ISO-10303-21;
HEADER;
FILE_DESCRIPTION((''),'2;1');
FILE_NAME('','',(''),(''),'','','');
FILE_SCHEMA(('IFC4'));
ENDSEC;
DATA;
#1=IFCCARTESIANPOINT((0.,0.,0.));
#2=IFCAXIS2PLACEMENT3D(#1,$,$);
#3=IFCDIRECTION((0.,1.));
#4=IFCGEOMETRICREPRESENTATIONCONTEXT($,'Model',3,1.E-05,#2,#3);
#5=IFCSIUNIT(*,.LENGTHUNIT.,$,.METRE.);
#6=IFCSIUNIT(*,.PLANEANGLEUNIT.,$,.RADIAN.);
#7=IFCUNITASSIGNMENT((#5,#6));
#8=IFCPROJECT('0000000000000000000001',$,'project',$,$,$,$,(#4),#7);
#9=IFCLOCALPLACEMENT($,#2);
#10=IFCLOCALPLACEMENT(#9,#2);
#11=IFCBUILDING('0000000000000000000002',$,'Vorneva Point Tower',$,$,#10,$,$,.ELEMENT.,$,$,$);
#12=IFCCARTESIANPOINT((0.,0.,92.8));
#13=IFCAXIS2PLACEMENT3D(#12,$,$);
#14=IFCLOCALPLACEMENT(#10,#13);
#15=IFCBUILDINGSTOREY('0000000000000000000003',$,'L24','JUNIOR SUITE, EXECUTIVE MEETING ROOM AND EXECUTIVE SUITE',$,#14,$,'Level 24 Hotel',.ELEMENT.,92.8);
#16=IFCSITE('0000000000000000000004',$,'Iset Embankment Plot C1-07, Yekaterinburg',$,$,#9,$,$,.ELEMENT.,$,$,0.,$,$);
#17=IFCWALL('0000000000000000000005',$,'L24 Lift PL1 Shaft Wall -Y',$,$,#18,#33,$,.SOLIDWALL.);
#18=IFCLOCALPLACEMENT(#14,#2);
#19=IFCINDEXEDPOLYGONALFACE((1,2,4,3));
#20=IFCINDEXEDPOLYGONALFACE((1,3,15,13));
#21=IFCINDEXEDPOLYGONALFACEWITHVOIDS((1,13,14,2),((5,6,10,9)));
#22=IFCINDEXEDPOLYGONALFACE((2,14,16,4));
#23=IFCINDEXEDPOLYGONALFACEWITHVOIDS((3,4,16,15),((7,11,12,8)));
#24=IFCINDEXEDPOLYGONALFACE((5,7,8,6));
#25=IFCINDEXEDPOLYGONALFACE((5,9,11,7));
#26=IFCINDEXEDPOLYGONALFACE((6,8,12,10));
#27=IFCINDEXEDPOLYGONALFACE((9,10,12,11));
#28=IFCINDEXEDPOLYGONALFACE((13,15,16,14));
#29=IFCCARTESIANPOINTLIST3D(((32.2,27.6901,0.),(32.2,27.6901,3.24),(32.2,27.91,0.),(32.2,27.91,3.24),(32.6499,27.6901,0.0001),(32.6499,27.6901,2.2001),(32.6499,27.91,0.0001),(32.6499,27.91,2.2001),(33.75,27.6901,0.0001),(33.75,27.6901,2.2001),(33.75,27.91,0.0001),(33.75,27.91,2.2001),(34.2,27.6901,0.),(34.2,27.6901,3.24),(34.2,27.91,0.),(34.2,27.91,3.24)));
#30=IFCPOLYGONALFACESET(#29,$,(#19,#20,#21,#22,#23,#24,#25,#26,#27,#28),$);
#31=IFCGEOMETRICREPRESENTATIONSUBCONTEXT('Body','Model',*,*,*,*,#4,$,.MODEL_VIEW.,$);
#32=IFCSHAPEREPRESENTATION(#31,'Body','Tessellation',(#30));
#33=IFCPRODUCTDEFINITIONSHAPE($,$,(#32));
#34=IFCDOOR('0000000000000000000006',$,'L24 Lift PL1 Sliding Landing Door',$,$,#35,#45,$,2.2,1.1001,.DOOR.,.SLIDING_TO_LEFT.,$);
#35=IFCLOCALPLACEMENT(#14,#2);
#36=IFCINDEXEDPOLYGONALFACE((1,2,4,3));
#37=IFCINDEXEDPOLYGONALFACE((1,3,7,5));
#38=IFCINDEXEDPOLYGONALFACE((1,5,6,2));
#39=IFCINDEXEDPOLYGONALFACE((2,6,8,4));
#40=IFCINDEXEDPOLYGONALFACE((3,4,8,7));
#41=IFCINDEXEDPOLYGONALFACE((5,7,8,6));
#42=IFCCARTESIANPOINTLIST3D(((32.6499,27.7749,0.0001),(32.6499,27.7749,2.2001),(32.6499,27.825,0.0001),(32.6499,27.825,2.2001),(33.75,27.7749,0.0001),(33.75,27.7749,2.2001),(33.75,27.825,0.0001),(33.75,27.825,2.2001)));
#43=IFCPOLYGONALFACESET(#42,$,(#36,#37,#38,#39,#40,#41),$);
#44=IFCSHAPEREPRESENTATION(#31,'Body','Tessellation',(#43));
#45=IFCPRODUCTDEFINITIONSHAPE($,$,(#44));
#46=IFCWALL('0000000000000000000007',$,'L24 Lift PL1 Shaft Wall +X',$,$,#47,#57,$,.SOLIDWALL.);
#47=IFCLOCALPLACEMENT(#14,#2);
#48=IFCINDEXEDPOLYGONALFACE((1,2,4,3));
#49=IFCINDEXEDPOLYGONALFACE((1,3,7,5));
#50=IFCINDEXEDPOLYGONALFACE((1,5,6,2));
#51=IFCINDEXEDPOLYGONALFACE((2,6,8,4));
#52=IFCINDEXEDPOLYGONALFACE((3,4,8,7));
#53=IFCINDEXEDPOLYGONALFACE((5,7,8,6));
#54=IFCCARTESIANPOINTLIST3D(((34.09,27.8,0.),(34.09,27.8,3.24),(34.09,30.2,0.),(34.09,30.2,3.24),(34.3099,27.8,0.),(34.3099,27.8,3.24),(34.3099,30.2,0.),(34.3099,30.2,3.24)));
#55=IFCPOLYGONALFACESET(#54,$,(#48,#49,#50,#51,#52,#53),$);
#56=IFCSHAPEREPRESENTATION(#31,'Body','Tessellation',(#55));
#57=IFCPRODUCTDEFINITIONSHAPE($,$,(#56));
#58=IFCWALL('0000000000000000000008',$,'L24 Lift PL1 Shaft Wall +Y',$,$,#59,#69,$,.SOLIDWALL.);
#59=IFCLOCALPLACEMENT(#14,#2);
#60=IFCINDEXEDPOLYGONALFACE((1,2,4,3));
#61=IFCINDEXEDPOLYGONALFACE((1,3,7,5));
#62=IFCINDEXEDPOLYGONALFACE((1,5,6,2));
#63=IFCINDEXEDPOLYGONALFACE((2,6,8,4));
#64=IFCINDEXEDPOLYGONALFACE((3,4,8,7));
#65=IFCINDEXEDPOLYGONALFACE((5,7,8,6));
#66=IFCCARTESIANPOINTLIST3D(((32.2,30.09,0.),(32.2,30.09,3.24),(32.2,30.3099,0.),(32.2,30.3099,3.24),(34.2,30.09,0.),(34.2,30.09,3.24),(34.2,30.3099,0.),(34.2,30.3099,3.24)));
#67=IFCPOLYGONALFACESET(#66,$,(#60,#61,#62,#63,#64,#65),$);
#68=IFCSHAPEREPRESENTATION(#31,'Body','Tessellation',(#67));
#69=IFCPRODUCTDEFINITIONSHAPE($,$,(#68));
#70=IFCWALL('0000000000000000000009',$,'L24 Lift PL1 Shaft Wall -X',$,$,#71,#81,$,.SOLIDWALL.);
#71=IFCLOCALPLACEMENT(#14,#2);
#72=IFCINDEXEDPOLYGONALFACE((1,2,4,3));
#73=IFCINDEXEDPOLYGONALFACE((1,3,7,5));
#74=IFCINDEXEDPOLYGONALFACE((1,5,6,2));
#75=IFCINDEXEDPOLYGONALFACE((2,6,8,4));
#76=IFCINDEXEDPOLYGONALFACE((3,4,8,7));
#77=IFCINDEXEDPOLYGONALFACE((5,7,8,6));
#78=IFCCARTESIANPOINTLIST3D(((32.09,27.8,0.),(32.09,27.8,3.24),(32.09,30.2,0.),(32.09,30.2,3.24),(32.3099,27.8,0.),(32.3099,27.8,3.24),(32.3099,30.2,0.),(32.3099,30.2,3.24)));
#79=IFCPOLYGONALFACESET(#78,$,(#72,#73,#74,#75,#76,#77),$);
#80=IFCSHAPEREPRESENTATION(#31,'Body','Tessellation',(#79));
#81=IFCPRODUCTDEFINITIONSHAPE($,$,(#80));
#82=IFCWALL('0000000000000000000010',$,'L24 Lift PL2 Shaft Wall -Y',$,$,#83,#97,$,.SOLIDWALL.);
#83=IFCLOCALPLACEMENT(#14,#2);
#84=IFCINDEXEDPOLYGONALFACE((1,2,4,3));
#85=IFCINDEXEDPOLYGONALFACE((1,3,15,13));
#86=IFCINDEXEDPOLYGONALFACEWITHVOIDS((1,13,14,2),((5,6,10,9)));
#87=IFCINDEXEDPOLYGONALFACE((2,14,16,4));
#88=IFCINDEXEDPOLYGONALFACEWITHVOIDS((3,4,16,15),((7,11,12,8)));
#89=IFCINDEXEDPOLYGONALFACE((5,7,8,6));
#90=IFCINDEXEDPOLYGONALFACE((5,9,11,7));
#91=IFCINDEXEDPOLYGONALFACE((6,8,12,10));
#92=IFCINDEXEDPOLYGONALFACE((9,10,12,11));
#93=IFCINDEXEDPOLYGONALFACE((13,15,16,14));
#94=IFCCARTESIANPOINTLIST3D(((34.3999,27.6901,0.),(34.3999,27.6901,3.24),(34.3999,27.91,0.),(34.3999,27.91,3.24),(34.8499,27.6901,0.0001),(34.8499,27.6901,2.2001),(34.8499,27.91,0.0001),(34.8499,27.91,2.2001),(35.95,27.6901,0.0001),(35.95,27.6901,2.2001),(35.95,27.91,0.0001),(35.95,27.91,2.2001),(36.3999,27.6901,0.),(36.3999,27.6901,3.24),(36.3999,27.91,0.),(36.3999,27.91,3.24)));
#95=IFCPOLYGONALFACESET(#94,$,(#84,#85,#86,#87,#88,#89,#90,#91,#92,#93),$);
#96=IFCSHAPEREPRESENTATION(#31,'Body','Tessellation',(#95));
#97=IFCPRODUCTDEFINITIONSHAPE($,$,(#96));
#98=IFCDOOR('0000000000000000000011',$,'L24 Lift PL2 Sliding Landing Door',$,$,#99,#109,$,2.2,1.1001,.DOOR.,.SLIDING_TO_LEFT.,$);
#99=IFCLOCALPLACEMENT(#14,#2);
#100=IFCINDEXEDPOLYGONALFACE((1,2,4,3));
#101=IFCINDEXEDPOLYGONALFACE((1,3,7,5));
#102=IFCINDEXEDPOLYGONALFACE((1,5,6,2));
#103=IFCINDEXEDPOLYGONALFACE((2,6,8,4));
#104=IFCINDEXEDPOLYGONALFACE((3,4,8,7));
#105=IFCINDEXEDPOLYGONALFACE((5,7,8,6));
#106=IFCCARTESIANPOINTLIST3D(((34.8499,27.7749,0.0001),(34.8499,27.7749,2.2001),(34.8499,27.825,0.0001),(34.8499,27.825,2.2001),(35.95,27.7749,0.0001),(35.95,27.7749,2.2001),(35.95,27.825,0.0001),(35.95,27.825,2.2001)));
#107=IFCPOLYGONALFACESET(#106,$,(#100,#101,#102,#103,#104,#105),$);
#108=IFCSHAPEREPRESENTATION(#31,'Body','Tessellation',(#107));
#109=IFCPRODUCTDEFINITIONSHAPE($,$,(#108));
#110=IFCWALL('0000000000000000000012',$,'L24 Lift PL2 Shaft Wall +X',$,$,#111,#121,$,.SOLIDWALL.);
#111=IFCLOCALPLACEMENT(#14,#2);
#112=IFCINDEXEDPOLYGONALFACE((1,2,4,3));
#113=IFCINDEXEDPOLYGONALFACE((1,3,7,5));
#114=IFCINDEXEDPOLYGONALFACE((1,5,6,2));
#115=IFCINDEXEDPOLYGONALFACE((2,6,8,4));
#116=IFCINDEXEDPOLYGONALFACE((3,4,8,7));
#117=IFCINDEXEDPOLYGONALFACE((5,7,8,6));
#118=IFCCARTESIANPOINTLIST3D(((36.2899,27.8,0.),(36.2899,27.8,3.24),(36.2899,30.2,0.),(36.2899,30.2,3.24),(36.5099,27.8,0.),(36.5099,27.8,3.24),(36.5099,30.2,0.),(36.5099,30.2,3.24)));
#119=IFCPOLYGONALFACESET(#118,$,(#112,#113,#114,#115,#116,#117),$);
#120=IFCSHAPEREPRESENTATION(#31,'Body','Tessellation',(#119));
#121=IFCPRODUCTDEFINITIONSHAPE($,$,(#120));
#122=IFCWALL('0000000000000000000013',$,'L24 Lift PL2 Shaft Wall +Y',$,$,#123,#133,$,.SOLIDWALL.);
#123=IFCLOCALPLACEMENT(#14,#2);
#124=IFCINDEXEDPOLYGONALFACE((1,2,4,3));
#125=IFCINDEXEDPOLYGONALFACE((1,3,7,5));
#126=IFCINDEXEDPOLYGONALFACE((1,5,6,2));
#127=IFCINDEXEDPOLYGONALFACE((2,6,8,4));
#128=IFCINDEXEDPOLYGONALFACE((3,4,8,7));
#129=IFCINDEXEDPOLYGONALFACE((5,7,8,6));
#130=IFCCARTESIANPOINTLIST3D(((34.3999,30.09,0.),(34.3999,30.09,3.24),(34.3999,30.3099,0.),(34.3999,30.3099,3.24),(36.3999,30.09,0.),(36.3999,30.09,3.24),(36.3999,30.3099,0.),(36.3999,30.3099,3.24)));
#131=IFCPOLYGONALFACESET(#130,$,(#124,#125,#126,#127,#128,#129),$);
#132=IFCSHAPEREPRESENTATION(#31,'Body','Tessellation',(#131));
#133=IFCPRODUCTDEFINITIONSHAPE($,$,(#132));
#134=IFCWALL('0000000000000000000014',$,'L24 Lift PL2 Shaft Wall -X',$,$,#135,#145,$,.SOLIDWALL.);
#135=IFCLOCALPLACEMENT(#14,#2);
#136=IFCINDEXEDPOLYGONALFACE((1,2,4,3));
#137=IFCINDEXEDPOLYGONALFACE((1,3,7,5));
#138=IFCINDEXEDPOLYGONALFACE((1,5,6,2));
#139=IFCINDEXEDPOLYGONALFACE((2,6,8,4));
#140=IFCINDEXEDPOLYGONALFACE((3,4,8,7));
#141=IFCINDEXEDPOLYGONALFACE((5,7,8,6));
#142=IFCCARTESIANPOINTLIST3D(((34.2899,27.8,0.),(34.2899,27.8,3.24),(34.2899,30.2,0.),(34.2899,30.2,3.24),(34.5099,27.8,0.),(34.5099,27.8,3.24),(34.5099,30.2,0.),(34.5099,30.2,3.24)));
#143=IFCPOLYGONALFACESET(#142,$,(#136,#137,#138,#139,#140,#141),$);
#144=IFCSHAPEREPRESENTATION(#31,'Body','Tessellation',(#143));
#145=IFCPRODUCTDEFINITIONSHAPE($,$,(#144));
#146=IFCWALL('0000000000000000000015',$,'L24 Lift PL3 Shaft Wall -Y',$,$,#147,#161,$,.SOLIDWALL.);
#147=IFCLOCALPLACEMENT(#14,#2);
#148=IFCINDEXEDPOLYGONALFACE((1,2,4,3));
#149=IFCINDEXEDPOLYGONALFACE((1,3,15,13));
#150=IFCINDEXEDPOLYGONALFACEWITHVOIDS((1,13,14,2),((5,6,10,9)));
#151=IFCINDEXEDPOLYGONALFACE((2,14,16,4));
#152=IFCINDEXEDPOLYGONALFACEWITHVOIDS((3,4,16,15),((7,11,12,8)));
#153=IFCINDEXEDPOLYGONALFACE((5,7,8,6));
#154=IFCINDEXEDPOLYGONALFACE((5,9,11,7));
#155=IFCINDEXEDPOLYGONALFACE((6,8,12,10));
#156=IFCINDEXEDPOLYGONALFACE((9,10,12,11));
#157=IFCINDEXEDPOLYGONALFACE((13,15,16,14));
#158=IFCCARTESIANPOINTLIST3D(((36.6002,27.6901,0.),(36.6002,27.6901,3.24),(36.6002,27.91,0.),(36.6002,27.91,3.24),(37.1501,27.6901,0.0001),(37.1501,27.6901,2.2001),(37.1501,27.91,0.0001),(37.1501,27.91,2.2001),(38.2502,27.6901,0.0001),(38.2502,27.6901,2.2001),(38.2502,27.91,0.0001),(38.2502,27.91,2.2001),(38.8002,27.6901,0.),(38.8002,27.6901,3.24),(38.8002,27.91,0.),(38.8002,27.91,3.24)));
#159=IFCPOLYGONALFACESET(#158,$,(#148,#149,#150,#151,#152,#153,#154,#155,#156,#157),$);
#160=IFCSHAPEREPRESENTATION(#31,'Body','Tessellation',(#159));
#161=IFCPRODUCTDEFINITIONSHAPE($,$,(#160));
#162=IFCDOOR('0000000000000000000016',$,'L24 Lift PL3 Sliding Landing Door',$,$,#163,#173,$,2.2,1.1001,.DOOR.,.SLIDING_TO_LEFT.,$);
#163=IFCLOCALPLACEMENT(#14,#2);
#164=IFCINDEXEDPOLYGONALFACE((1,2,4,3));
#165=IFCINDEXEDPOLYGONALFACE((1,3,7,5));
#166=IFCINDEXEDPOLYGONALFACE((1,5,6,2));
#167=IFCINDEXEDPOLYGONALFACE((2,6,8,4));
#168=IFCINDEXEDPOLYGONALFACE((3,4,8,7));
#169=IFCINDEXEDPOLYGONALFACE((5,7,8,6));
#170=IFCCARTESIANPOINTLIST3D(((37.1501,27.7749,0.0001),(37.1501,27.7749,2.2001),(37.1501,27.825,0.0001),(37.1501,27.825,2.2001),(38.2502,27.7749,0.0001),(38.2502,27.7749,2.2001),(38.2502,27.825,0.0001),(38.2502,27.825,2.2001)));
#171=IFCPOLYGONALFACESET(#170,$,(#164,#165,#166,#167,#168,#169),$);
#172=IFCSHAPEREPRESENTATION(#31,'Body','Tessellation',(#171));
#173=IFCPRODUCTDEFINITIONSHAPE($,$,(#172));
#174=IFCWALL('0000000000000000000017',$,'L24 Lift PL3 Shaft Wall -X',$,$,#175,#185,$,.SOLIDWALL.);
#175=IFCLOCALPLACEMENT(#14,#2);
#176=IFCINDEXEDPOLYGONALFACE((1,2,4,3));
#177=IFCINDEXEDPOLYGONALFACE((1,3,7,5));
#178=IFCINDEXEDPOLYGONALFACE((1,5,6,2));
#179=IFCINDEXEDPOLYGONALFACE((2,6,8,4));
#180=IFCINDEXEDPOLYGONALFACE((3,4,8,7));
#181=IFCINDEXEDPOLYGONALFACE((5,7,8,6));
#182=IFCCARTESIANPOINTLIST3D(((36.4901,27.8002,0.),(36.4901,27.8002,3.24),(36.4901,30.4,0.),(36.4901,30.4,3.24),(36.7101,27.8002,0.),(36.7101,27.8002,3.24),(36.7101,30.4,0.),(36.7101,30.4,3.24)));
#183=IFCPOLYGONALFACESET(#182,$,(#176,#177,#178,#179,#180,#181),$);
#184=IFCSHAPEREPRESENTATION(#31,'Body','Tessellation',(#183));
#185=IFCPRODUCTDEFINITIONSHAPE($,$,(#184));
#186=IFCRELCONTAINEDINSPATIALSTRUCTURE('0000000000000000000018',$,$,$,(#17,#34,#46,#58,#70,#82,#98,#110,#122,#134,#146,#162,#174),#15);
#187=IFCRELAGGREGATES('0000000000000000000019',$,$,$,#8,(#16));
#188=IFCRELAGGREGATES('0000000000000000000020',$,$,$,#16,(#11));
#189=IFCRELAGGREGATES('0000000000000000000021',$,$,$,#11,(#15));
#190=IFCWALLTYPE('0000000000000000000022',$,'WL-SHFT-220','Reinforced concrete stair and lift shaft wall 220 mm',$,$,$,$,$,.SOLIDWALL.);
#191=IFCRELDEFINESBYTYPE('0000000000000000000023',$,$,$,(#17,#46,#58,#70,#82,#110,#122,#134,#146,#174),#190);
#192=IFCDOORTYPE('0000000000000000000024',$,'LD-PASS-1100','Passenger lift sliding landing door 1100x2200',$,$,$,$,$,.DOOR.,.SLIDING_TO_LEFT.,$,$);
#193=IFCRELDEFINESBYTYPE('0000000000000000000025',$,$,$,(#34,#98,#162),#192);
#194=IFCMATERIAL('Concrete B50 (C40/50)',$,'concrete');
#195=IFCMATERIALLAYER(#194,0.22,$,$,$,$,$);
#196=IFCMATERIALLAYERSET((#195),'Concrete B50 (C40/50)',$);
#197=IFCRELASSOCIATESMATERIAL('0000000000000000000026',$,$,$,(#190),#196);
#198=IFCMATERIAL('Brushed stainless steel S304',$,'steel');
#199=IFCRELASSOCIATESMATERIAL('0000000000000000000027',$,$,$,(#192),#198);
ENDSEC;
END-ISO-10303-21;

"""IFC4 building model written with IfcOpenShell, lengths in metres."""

from ifc_helpers import new_model, si_unit, direction, frame, frame_2d, origin, place, context, subcontext, project, spatial, rectangle, extrude, material, layer, layer_set, type_object, element, fill, save


model = new_model("IFC4")

# Units and contexts
model_context = context("Model", 3, precision=1e-05, world=origin(), true_north=direction((0.0, 1.0)))
body_context = subcontext(model_context, "Body", "Model", "MODEL_VIEW")
ifc_project = project(units=[si_unit("LENGTHUNIT", "METRE"), si_unit("PLANEANGLEUNIT", "RADIAN")], contexts=[model_context])

# Site, building, storey
site_placement = place(None, origin())
site = spatial("IfcSite", under=ifc_project, at=site_placement, Name="Iset Embankment Plot C1-07, Yekaterinburg", CompositionType="ELEMENT", RefElevation=0.0)
building_placement = place(site_placement, origin())
building = spatial("IfcBuilding", under=site, at=building_placement, Name="Vorneva Point Tower", CompositionType="ELEMENT")
storey_placement = place(building_placement, frame((0.0, 0.0, 92.8)))
storey = spatial("IfcBuildingStorey", under=building, at=storey_placement, Name="L24", Description="JUNIOR SUITE, EXECUTIVE MEETING ROOM AND EXECUTIVE SUITE", LongName="Level 24 Hotel", CompositionType="ELEMENT", Elevation=92.8)

# Shared definitions
ifc_material_1 = material(Name="Brushed stainless steel S304", Category="steel")

# Wall, opening, door
ifc_material_2 = material(Name="Concrete B50 (C40/50)", Category="concrete")
ifc_layer_1 = layer(ifc_material_2, 0.22)
ifc_layer_set_1 = layer_set([ifc_layer_1], Name="Concrete B50 (C40/50)")
wall_type_1 = type_object("IfcWallType", Name="WL-SHFT-220", Description="Reinforced concrete stair and lift shaft wall 220 mm", PredefinedType="SOLIDWALL", material=ifc_layer_set_1)
wall_1_placement = place(storey_placement, frame((32.2, 27.8, 0.0), z_axis=(0.0, 0.0, 1.0), x_axis=(1.0, 0.0, 0.0)))
wall_1 = element("IfcWall", 1, at=wall_1_placement, inside=storey, type_object=wall_type_1, Name="L24 Lift PL1 Shaft Wall -Y", PredefinedType="SOLIDWALL", context=body_context, shape_type="SweptSolid", body=[
    extrude(rectangle(XDim=2.0, YDim=0.22, at=frame_2d((1.0, 0.0))), origin(), (0.0, 0.0, 1.0), 3.24),
])
opening_1_placement = place(wall_1_placement, frame((0.45, 0.0, 0.0)))
opening_1 = element("IfcOpeningElement", 2, at=opening_1_placement, cuts=wall_1, PredefinedType="OPENING", context=body_context, shape_type="SweptSolid", body=[
    extrude(rectangle(XDim=1.1001, YDim=2.2, at=frame_2d((0.55, 1.1001))), frame((0.0, 0.125, 0.0), z_axis=(0.0, -1.0, 0.0), x_axis=(1.0, 0.0, 0.0)), (0.0, 0.0, 1.0), 0.2498),
])
door_type_1 = type_object("IfcDoorType", Name="LD-PASS-1100", Description="Passenger lift sliding landing door 1100x2200", OperationType="SLIDING_TO_LEFT", PredefinedType="DOOR", material=ifc_material_1)
door_1_placement = place(opening_1_placement, origin())
door_1 = element("IfcDoor", 3, at=door_1_placement, inside=storey, type_object=door_type_1, Name="L24 Lift PL1 Sliding Landing Door", OperationType="SLIDING_TO_LEFT", OverallHeight=2.2, OverallWidth=1.1001, PredefinedType="DOOR", context=body_context, shape_type="SweptSolid", body=[
    extrude(rectangle(XDim=1.1001, YDim=2.2, at=frame_2d((0.55, 1.1001))), frame((0.0, 0.0249, 0.0), z_axis=(0.0, -1.0, 0.0), x_axis=(1.0, 0.0, 0.0)), (0.0, 0.0, 1.0), 0.05),
])
fill(opening_1, door_1)

# Walls
wall_2_placement = place(storey_placement, frame((34.2, 27.8, 0.0), z_axis=(0.0, 0.0, 1.0), x_axis=(0.0, 1.0, 0.0)))
element("IfcWall", 4, at=wall_2_placement, inside=storey, type_object=wall_type_1, Name="L24 Lift PL1 Shaft Wall +X", PredefinedType="SOLIDWALL", context=body_context, shape_type="SweptSolid", body=[
    extrude(rectangle(XDim=2.3999, YDim=0.22, at=frame_2d((1.2, 0.0))), origin(), (0.0, 0.0, 1.0), 3.24),
])
wall_3_placement = place(storey_placement, frame((34.2, 30.2, 0.0), z_axis=(0.0, 0.0, 1.0), x_axis=(-1.0, 0.0, 0.0)))
element("IfcWall", 5, at=wall_3_placement, inside=storey, type_object=wall_type_1, Name="L24 Lift PL1 Shaft Wall +Y", PredefinedType="SOLIDWALL", context=body_context, shape_type="SweptSolid", body=[
    extrude(rectangle(XDim=2.0, YDim=0.22, at=frame_2d((1.0, 0.0))), origin(), (0.0, 0.0, 1.0), 3.24),
])
wall_4_placement = place(storey_placement, frame((32.2, 30.2, 0.0), z_axis=(0.0, 0.0, 1.0), x_axis=(0.0, -1.0, 0.0)))
element("IfcWall", 6, at=wall_4_placement, inside=storey, type_object=wall_type_1, Name="L24 Lift PL1 Shaft Wall -X", PredefinedType="SOLIDWALL", context=body_context, shape_type="SweptSolid", body=[
    extrude(rectangle(XDim=2.3999, YDim=0.22, at=frame_2d((1.2, 0.0))), origin(), (0.0, 0.0, 1.0), 3.24),
])

# Wall, opening, door
wall_5_placement = place(storey_placement, frame((34.3999, 27.8, 0.0), z_axis=(0.0, 0.0, 1.0), x_axis=(1.0, 0.0, 0.0)))
wall_5 = element("IfcWall", 7, at=wall_5_placement, inside=storey, type_object=wall_type_1, Name="L24 Lift PL2 Shaft Wall -Y", PredefinedType="SOLIDWALL", context=body_context, shape_type="SweptSolid", body=[
    extrude(rectangle(XDim=2.0, YDim=0.22, at=frame_2d((1.0, 0.0))), origin(), (0.0, 0.0, 1.0), 3.24),
])
opening_2_placement = place(wall_5_placement, frame((0.45, 0.0, 0.0)))
opening_2 = element("IfcOpeningElement", 8, at=opening_2_placement, cuts=wall_5, PredefinedType="OPENING", context=body_context, shape_type="SweptSolid", body=[
    extrude(rectangle(XDim=1.1001, YDim=2.2, at=frame_2d((0.55, 1.1001))), frame((0.0, 0.125, 0.0), z_axis=(0.0, -1.0, 0.0), x_axis=(1.0, 0.0, 0.0)), (0.0, 0.0, 1.0), 0.2498),
])
door_2_placement = place(opening_2_placement, origin())
door_2 = element("IfcDoor", 9, at=door_2_placement, inside=storey, type_object=door_type_1, Name="L24 Lift PL2 Sliding Landing Door", OperationType="SLIDING_TO_LEFT", OverallHeight=2.2, OverallWidth=1.1001, PredefinedType="DOOR", context=body_context, shape_type="SweptSolid", body=[
    extrude(rectangle(XDim=1.1001, YDim=2.2, at=frame_2d((0.55, 1.1001))), frame((0.0, 0.0249, 0.0), z_axis=(0.0, -1.0, 0.0), x_axis=(1.0, 0.0, 0.0)), (0.0, 0.0, 1.0), 0.05),
])
fill(opening_2, door_2)

# Walls
wall_6_placement = place(storey_placement, frame((36.3999, 27.8, 0.0), z_axis=(0.0, 0.0, 1.0), x_axis=(0.0, 1.0, 0.0)))
element("IfcWall", 10, at=wall_6_placement, inside=storey, type_object=wall_type_1, Name="L24 Lift PL2 Shaft Wall +X", PredefinedType="SOLIDWALL", context=body_context, shape_type="SweptSolid", body=[
    extrude(rectangle(XDim=2.3999, YDim=0.22, at=frame_2d((1.2, 0.0))), origin(), (0.0, 0.0, 1.0), 3.24),
])
wall_7_placement = place(storey_placement, frame((36.3999, 30.2, 0.0), z_axis=(0.0, 0.0, 1.0), x_axis=(-1.0, 0.0, 0.0)))
element("IfcWall", 11, at=wall_7_placement, inside=storey, type_object=wall_type_1, Name="L24 Lift PL2 Shaft Wall +Y", PredefinedType="SOLIDWALL", context=body_context, shape_type="SweptSolid", body=[
    extrude(rectangle(XDim=2.0, YDim=0.22, at=frame_2d((1.0, 0.0))), origin(), (0.0, 0.0, 1.0), 3.24),
])
wall_8_placement = place(storey_placement, frame((34.3999, 30.2, 0.0), z_axis=(0.0, 0.0, 1.0), x_axis=(0.0, -1.0, 0.0)))
element("IfcWall", 12, at=wall_8_placement, inside=storey, type_object=wall_type_1, Name="L24 Lift PL2 Shaft Wall -X", PredefinedType="SOLIDWALL", context=body_context, shape_type="SweptSolid", body=[
    extrude(rectangle(XDim=2.3999, YDim=0.22, at=frame_2d((1.2, 0.0))), origin(), (0.0, 0.0, 1.0), 3.24),
])

# Wall, opening, door
wall_9_placement = place(storey_placement, frame((36.6001, 27.8, 0.0), z_axis=(0.0, 0.0, 1.0), x_axis=(1.0, 0.0, 0.0)))
wall_9 = element("IfcWall", 13, at=wall_9_placement, inside=storey, type_object=wall_type_1, Name="L24 Lift PL3 Shaft Wall -Y", PredefinedType="SOLIDWALL", context=body_context, shape_type="SweptSolid", body=[
    extrude(rectangle(XDim=2.2, YDim=0.22, at=frame_2d((1.1001, 0.0))), origin(), (0.0, 0.0, 1.0), 3.24),
])
opening_3_placement = place(wall_9_placement, frame((0.55, 0.0, 0.0)))
opening_3 = element("IfcOpeningElement", 14, at=opening_3_placement, cuts=wall_9, PredefinedType="OPENING", context=body_context, shape_type="SweptSolid", body=[
    extrude(rectangle(XDim=1.1001, YDim=2.2, at=frame_2d((0.55, 1.1001))), frame((0.0, 0.125, 0.0), z_axis=(0.0, -1.0, 0.0), x_axis=(1.0, 0.0, 0.0)), (0.0, 0.0, 1.0), 0.2498),
])
door_3_placement = place(opening_3_placement, origin())
door_3 = element("IfcDoor", 15, at=door_3_placement, inside=storey, type_object=door_type_1, Name="L24 Lift PL3 Sliding Landing Door", OperationType="SLIDING_TO_LEFT", OverallHeight=2.2, OverallWidth=1.1001, PredefinedType="DOOR", context=body_context, shape_type="SweptSolid", body=[
    extrude(rectangle(XDim=1.1001, YDim=2.2, at=frame_2d((0.55, 1.1001))), frame((0.0, 0.0249, 0.0), z_axis=(0.0, -1.0, 0.0), x_axis=(1.0, 0.0, 0.0)), (0.0, 0.0, 1.0), 0.05),
])
fill(opening_3, door_3)

# Wall
wall_10_placement = place(storey_placement, frame((36.6001, 30.3999, 0.0), z_axis=(0.0, 0.0, 1.0), x_axis=(0.0, -1.0, 0.0)))
element("IfcWall", 16, at=wall_10_placement, inside=storey, type_object=wall_type_1, Name="L24 Lift PL3 Shaft Wall -X", PredefinedType="SOLIDWALL", context=body_context, shape_type="SweptSolid", body=[
    extrude(rectangle(XDim=2.5999, YDim=0.22, at=frame_2d((1.2998, 0.0))), origin(), (0.0, 0.0, 1.0), 3.24),
])

save(model, "model.ifc")
